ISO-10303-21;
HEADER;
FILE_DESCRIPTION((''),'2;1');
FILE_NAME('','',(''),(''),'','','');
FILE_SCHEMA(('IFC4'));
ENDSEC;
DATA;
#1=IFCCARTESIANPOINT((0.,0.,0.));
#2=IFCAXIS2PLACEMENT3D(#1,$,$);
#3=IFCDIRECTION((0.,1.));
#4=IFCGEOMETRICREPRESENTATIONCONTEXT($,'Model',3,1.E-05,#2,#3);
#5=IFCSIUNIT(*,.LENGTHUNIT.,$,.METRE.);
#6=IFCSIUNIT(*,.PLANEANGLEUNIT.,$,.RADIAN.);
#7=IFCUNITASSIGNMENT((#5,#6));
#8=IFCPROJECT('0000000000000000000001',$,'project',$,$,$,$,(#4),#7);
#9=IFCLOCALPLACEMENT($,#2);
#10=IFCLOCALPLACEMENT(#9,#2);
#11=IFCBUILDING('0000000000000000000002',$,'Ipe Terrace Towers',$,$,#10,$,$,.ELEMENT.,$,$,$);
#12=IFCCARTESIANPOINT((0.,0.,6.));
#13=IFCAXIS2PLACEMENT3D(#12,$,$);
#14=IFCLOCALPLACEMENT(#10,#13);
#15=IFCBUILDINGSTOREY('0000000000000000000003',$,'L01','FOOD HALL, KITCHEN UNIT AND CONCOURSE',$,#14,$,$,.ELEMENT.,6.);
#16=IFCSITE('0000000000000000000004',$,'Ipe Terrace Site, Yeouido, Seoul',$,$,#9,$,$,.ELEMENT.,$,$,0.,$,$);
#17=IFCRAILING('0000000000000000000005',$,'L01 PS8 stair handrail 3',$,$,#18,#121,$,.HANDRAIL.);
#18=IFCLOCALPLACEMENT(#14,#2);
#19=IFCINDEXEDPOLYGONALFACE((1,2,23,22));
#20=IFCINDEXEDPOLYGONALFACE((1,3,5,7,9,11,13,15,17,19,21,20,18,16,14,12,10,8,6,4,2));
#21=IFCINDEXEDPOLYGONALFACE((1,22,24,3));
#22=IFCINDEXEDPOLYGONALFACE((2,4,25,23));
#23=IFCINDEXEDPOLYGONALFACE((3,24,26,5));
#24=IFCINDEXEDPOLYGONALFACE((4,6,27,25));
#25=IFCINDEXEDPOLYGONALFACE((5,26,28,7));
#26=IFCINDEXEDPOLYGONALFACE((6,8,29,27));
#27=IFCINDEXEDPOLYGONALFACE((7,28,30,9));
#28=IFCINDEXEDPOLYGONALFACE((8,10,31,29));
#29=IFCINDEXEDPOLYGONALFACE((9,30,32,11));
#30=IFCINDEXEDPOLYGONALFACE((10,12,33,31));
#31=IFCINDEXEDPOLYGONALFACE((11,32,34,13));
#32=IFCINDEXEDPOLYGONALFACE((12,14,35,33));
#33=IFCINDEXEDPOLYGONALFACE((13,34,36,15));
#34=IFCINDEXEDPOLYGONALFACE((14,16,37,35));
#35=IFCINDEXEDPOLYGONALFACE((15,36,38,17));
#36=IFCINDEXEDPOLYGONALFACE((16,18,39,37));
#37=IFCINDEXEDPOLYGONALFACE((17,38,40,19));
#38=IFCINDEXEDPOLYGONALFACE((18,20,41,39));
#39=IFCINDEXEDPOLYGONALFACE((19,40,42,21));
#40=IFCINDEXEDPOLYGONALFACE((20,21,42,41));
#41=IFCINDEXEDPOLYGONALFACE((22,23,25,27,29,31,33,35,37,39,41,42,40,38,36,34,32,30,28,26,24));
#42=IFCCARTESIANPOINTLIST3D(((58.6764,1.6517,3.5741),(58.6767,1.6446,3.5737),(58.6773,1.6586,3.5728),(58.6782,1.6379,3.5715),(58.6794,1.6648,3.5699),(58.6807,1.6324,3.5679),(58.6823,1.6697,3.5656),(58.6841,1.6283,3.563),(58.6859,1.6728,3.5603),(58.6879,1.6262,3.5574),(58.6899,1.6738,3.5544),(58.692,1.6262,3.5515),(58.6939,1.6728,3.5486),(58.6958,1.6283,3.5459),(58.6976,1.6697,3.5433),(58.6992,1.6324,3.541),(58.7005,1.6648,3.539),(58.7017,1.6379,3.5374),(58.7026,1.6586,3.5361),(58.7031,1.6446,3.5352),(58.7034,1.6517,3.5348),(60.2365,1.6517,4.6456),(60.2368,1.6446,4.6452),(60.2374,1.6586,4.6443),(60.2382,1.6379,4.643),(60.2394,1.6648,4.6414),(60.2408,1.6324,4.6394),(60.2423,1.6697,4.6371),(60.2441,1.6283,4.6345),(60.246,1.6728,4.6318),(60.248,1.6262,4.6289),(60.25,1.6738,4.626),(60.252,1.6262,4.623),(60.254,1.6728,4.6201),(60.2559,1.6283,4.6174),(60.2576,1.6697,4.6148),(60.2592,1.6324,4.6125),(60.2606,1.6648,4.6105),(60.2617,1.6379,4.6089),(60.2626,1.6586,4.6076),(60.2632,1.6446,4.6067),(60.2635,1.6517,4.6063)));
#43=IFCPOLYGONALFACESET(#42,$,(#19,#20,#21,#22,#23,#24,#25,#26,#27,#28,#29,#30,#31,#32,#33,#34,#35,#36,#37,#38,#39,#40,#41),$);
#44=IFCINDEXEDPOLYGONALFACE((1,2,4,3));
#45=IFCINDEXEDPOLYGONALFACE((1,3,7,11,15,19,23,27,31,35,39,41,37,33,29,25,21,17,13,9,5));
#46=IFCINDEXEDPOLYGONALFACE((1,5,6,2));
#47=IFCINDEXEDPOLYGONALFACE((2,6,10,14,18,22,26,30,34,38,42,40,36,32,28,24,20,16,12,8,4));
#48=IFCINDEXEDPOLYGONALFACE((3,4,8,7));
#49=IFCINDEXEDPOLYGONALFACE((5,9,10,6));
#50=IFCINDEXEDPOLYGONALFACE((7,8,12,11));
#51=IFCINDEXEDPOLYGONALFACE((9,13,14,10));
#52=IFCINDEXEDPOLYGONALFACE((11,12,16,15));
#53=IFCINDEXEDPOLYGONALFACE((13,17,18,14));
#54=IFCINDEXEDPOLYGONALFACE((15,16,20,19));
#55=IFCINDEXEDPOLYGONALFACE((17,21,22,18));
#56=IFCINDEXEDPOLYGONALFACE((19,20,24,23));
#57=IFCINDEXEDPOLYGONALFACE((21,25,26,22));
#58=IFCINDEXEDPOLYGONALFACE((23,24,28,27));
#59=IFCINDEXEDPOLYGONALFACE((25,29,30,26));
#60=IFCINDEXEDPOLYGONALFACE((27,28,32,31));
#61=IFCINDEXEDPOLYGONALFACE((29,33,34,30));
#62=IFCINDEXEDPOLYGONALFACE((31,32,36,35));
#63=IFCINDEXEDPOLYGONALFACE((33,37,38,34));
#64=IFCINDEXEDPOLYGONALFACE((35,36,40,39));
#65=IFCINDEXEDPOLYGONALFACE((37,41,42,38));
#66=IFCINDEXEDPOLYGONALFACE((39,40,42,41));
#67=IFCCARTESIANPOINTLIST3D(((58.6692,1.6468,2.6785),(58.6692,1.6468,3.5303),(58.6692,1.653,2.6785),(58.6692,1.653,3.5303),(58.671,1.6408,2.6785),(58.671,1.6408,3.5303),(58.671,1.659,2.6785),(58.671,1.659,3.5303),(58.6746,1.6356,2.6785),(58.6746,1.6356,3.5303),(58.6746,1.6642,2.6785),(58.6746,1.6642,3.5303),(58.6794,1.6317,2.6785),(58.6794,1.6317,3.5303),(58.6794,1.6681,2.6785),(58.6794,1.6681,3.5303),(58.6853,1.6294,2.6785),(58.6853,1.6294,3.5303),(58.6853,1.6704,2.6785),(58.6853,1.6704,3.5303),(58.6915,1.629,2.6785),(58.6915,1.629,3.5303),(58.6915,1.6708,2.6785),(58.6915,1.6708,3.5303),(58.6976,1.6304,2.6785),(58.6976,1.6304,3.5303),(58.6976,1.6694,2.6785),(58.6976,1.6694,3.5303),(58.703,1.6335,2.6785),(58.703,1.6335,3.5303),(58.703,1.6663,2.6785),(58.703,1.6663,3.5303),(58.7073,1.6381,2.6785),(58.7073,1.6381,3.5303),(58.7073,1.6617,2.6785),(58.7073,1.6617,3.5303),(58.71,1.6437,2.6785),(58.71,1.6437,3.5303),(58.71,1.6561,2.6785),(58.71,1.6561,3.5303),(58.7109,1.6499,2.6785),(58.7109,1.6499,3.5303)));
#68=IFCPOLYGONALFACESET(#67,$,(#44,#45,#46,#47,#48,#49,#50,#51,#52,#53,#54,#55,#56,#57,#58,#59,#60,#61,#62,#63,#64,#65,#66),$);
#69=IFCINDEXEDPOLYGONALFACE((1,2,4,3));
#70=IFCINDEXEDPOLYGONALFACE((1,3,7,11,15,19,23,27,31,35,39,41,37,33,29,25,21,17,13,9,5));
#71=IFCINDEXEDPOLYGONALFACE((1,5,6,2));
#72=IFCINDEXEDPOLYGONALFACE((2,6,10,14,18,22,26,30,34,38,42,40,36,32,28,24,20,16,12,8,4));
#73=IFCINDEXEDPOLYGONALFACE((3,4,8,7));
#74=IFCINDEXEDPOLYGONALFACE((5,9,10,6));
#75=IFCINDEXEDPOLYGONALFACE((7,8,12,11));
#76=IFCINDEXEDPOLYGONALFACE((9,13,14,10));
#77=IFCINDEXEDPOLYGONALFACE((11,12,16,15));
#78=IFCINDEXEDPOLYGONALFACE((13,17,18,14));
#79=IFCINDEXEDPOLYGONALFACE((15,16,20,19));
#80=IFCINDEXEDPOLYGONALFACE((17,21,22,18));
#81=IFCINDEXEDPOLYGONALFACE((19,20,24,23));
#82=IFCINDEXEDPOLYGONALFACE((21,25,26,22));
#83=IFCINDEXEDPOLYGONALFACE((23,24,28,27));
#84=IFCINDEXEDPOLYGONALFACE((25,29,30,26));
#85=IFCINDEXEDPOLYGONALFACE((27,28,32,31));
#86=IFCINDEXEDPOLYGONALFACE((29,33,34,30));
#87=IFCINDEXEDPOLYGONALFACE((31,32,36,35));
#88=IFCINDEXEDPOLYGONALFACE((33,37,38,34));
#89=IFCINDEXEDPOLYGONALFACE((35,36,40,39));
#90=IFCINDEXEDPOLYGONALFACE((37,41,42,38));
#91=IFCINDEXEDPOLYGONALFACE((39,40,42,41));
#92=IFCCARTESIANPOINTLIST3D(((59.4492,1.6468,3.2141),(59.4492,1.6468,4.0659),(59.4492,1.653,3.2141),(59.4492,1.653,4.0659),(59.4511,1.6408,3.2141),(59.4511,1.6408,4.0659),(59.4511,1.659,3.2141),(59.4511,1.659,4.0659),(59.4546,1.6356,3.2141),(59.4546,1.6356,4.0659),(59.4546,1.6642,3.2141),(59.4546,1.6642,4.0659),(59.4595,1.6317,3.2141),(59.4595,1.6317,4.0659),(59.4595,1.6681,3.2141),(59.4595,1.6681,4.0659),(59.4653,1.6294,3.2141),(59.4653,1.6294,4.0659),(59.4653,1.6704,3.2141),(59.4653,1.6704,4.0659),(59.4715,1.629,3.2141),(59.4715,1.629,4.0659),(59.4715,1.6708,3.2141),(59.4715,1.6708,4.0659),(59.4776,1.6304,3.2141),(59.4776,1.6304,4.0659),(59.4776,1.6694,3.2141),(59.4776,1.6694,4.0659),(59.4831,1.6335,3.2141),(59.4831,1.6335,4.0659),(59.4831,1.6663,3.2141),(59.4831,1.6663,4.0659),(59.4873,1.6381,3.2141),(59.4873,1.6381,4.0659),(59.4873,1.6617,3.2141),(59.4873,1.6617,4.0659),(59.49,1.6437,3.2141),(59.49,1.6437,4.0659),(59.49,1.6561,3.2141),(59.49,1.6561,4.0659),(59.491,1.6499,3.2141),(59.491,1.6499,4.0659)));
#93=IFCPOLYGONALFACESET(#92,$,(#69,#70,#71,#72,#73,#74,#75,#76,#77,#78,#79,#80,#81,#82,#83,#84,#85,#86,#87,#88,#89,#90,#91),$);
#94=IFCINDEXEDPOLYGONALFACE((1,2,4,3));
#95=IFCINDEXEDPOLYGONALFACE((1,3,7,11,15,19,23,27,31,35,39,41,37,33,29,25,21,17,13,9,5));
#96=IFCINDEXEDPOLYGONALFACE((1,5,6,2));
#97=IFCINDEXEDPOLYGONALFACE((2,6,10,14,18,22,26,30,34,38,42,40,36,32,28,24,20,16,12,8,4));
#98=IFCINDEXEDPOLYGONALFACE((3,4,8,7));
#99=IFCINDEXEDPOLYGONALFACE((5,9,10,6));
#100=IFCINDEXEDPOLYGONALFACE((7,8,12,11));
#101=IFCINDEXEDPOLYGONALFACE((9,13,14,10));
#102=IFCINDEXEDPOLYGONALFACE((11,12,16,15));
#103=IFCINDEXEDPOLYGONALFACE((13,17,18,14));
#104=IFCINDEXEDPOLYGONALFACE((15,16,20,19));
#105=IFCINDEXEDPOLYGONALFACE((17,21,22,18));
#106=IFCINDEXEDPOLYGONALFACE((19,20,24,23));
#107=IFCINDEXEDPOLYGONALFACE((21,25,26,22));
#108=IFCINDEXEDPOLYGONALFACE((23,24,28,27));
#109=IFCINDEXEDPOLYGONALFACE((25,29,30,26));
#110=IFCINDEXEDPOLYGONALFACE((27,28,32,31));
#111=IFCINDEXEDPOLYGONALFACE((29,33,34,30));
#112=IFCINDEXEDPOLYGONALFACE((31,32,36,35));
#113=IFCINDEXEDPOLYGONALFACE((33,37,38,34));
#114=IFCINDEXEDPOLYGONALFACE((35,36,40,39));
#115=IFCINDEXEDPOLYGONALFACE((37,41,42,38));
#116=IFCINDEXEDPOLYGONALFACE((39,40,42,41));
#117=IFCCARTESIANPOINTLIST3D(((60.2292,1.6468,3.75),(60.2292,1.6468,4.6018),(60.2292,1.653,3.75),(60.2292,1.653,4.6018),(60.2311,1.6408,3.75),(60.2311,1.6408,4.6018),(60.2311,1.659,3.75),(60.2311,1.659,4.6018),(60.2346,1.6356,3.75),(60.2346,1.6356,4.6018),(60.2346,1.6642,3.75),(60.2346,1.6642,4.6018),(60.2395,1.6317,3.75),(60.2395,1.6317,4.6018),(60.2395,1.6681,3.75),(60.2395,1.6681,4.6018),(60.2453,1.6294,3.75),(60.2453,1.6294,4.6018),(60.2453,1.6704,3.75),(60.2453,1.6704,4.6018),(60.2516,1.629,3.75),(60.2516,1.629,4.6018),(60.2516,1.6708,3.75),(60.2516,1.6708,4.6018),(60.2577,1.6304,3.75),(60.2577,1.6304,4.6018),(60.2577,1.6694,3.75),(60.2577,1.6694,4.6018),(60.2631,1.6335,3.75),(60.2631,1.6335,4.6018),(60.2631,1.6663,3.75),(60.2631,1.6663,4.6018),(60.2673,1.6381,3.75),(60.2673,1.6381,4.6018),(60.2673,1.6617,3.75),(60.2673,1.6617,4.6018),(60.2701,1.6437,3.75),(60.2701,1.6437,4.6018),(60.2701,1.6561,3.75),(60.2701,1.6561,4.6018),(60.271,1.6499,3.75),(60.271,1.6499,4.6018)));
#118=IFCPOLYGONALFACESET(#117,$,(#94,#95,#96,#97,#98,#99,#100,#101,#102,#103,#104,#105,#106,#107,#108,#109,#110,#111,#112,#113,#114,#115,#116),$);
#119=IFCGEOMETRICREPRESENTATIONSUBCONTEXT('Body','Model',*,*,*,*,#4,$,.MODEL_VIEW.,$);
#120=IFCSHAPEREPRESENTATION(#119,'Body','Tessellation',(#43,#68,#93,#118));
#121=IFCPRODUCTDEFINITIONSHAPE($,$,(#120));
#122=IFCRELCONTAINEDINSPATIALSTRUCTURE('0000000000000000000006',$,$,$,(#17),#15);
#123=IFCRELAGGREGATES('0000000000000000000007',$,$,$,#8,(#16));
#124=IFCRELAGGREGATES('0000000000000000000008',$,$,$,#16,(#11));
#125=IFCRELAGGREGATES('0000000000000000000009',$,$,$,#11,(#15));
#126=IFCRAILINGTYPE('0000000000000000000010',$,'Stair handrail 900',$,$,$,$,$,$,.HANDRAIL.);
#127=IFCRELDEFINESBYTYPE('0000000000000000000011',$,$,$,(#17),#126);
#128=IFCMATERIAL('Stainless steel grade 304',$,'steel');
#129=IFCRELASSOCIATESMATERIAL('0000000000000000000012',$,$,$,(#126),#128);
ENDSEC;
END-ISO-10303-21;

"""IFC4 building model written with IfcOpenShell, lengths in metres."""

from ifc_helpers import new_model, si_unit, direction, frame, origin, origin_2d, place, context, subcontext, project, spatial, circle, extrude, material, type_object, element, save


model = new_model("IFC4")

# Units and contexts
model_context = context("Model", 3, precision=1e-05, world=origin(), true_north=direction((0.0, 1.0)))
body_context = subcontext(model_context, "Body", "Model", "MODEL_VIEW")
ifc_project = project(units=[si_unit("LENGTHUNIT", "METRE"), si_unit("PLANEANGLEUNIT", "RADIAN")], contexts=[model_context])

# Site, building, storey
site_placement = place(None, origin())
site = spatial("IfcSite", under=ifc_project, at=site_placement, Name="Ipe Terrace Site, Yeouido, Seoul", CompositionType="ELEMENT", RefElevation=0.0)
building_placement = place(site_placement, origin())
building = spatial("IfcBuilding", under=site, at=building_placement, Name="Ipe Terrace Towers", CompositionType="ELEMENT")
storey_placement = place(building_placement, frame((0.0, 0.0, 6.0)))
storey = spatial("IfcBuildingStorey", under=building, at=storey_placement, Name="L01", Description="FOOD HALL, KITCHEN UNIT AND CONCOURSE", CompositionType="ELEMENT", Elevation=6.0)

# Railing
ifc_material_1 = material(Name="Stainless steel grade 304", Category="steel")
railing_type_1 = type_object("IfcRailingType", Name="Stair handrail 900", PredefinedType="HANDRAIL", material=ifc_material_1)
railing_1_placement = place(storey_placement, frame((58.6899, 1.6499, 2.6785)))
element("IfcRailing", 1, at=railing_1_placement, inside=storey, type_object=railing_type_1, Name="L01 PS8 stair handrail 3", PredefinedType="HANDRAIL", context=body_context, shape_type="SweptSolid", body=[
    extrude(circle(Radius=0.0239, at=origin_2d()), frame((0.0, 0.0, 0.876), z_axis=(0.82429, 0.0, 0.566167), x_axis=(0.0, 1.0, 0.0)), (0.0, 0.0, 1.0), 1.8926),
    extrude(circle(Radius=0.021, at=origin_2d()), origin(), (0.0, 0.0, 1.0), 0.8518),
    extrude(circle(Radius=0.021, at=origin_2d()), frame((0.78, 0.0, 0.5356)), (0.0, 0.0, 1.0), 0.8518),
    extrude(circle(Radius=0.021, at=origin_2d()), frame((1.5601, 0.0, 1.0715)), (0.0, 0.0, 1.0), 0.8518),
])

save(model, "model.ifc")
